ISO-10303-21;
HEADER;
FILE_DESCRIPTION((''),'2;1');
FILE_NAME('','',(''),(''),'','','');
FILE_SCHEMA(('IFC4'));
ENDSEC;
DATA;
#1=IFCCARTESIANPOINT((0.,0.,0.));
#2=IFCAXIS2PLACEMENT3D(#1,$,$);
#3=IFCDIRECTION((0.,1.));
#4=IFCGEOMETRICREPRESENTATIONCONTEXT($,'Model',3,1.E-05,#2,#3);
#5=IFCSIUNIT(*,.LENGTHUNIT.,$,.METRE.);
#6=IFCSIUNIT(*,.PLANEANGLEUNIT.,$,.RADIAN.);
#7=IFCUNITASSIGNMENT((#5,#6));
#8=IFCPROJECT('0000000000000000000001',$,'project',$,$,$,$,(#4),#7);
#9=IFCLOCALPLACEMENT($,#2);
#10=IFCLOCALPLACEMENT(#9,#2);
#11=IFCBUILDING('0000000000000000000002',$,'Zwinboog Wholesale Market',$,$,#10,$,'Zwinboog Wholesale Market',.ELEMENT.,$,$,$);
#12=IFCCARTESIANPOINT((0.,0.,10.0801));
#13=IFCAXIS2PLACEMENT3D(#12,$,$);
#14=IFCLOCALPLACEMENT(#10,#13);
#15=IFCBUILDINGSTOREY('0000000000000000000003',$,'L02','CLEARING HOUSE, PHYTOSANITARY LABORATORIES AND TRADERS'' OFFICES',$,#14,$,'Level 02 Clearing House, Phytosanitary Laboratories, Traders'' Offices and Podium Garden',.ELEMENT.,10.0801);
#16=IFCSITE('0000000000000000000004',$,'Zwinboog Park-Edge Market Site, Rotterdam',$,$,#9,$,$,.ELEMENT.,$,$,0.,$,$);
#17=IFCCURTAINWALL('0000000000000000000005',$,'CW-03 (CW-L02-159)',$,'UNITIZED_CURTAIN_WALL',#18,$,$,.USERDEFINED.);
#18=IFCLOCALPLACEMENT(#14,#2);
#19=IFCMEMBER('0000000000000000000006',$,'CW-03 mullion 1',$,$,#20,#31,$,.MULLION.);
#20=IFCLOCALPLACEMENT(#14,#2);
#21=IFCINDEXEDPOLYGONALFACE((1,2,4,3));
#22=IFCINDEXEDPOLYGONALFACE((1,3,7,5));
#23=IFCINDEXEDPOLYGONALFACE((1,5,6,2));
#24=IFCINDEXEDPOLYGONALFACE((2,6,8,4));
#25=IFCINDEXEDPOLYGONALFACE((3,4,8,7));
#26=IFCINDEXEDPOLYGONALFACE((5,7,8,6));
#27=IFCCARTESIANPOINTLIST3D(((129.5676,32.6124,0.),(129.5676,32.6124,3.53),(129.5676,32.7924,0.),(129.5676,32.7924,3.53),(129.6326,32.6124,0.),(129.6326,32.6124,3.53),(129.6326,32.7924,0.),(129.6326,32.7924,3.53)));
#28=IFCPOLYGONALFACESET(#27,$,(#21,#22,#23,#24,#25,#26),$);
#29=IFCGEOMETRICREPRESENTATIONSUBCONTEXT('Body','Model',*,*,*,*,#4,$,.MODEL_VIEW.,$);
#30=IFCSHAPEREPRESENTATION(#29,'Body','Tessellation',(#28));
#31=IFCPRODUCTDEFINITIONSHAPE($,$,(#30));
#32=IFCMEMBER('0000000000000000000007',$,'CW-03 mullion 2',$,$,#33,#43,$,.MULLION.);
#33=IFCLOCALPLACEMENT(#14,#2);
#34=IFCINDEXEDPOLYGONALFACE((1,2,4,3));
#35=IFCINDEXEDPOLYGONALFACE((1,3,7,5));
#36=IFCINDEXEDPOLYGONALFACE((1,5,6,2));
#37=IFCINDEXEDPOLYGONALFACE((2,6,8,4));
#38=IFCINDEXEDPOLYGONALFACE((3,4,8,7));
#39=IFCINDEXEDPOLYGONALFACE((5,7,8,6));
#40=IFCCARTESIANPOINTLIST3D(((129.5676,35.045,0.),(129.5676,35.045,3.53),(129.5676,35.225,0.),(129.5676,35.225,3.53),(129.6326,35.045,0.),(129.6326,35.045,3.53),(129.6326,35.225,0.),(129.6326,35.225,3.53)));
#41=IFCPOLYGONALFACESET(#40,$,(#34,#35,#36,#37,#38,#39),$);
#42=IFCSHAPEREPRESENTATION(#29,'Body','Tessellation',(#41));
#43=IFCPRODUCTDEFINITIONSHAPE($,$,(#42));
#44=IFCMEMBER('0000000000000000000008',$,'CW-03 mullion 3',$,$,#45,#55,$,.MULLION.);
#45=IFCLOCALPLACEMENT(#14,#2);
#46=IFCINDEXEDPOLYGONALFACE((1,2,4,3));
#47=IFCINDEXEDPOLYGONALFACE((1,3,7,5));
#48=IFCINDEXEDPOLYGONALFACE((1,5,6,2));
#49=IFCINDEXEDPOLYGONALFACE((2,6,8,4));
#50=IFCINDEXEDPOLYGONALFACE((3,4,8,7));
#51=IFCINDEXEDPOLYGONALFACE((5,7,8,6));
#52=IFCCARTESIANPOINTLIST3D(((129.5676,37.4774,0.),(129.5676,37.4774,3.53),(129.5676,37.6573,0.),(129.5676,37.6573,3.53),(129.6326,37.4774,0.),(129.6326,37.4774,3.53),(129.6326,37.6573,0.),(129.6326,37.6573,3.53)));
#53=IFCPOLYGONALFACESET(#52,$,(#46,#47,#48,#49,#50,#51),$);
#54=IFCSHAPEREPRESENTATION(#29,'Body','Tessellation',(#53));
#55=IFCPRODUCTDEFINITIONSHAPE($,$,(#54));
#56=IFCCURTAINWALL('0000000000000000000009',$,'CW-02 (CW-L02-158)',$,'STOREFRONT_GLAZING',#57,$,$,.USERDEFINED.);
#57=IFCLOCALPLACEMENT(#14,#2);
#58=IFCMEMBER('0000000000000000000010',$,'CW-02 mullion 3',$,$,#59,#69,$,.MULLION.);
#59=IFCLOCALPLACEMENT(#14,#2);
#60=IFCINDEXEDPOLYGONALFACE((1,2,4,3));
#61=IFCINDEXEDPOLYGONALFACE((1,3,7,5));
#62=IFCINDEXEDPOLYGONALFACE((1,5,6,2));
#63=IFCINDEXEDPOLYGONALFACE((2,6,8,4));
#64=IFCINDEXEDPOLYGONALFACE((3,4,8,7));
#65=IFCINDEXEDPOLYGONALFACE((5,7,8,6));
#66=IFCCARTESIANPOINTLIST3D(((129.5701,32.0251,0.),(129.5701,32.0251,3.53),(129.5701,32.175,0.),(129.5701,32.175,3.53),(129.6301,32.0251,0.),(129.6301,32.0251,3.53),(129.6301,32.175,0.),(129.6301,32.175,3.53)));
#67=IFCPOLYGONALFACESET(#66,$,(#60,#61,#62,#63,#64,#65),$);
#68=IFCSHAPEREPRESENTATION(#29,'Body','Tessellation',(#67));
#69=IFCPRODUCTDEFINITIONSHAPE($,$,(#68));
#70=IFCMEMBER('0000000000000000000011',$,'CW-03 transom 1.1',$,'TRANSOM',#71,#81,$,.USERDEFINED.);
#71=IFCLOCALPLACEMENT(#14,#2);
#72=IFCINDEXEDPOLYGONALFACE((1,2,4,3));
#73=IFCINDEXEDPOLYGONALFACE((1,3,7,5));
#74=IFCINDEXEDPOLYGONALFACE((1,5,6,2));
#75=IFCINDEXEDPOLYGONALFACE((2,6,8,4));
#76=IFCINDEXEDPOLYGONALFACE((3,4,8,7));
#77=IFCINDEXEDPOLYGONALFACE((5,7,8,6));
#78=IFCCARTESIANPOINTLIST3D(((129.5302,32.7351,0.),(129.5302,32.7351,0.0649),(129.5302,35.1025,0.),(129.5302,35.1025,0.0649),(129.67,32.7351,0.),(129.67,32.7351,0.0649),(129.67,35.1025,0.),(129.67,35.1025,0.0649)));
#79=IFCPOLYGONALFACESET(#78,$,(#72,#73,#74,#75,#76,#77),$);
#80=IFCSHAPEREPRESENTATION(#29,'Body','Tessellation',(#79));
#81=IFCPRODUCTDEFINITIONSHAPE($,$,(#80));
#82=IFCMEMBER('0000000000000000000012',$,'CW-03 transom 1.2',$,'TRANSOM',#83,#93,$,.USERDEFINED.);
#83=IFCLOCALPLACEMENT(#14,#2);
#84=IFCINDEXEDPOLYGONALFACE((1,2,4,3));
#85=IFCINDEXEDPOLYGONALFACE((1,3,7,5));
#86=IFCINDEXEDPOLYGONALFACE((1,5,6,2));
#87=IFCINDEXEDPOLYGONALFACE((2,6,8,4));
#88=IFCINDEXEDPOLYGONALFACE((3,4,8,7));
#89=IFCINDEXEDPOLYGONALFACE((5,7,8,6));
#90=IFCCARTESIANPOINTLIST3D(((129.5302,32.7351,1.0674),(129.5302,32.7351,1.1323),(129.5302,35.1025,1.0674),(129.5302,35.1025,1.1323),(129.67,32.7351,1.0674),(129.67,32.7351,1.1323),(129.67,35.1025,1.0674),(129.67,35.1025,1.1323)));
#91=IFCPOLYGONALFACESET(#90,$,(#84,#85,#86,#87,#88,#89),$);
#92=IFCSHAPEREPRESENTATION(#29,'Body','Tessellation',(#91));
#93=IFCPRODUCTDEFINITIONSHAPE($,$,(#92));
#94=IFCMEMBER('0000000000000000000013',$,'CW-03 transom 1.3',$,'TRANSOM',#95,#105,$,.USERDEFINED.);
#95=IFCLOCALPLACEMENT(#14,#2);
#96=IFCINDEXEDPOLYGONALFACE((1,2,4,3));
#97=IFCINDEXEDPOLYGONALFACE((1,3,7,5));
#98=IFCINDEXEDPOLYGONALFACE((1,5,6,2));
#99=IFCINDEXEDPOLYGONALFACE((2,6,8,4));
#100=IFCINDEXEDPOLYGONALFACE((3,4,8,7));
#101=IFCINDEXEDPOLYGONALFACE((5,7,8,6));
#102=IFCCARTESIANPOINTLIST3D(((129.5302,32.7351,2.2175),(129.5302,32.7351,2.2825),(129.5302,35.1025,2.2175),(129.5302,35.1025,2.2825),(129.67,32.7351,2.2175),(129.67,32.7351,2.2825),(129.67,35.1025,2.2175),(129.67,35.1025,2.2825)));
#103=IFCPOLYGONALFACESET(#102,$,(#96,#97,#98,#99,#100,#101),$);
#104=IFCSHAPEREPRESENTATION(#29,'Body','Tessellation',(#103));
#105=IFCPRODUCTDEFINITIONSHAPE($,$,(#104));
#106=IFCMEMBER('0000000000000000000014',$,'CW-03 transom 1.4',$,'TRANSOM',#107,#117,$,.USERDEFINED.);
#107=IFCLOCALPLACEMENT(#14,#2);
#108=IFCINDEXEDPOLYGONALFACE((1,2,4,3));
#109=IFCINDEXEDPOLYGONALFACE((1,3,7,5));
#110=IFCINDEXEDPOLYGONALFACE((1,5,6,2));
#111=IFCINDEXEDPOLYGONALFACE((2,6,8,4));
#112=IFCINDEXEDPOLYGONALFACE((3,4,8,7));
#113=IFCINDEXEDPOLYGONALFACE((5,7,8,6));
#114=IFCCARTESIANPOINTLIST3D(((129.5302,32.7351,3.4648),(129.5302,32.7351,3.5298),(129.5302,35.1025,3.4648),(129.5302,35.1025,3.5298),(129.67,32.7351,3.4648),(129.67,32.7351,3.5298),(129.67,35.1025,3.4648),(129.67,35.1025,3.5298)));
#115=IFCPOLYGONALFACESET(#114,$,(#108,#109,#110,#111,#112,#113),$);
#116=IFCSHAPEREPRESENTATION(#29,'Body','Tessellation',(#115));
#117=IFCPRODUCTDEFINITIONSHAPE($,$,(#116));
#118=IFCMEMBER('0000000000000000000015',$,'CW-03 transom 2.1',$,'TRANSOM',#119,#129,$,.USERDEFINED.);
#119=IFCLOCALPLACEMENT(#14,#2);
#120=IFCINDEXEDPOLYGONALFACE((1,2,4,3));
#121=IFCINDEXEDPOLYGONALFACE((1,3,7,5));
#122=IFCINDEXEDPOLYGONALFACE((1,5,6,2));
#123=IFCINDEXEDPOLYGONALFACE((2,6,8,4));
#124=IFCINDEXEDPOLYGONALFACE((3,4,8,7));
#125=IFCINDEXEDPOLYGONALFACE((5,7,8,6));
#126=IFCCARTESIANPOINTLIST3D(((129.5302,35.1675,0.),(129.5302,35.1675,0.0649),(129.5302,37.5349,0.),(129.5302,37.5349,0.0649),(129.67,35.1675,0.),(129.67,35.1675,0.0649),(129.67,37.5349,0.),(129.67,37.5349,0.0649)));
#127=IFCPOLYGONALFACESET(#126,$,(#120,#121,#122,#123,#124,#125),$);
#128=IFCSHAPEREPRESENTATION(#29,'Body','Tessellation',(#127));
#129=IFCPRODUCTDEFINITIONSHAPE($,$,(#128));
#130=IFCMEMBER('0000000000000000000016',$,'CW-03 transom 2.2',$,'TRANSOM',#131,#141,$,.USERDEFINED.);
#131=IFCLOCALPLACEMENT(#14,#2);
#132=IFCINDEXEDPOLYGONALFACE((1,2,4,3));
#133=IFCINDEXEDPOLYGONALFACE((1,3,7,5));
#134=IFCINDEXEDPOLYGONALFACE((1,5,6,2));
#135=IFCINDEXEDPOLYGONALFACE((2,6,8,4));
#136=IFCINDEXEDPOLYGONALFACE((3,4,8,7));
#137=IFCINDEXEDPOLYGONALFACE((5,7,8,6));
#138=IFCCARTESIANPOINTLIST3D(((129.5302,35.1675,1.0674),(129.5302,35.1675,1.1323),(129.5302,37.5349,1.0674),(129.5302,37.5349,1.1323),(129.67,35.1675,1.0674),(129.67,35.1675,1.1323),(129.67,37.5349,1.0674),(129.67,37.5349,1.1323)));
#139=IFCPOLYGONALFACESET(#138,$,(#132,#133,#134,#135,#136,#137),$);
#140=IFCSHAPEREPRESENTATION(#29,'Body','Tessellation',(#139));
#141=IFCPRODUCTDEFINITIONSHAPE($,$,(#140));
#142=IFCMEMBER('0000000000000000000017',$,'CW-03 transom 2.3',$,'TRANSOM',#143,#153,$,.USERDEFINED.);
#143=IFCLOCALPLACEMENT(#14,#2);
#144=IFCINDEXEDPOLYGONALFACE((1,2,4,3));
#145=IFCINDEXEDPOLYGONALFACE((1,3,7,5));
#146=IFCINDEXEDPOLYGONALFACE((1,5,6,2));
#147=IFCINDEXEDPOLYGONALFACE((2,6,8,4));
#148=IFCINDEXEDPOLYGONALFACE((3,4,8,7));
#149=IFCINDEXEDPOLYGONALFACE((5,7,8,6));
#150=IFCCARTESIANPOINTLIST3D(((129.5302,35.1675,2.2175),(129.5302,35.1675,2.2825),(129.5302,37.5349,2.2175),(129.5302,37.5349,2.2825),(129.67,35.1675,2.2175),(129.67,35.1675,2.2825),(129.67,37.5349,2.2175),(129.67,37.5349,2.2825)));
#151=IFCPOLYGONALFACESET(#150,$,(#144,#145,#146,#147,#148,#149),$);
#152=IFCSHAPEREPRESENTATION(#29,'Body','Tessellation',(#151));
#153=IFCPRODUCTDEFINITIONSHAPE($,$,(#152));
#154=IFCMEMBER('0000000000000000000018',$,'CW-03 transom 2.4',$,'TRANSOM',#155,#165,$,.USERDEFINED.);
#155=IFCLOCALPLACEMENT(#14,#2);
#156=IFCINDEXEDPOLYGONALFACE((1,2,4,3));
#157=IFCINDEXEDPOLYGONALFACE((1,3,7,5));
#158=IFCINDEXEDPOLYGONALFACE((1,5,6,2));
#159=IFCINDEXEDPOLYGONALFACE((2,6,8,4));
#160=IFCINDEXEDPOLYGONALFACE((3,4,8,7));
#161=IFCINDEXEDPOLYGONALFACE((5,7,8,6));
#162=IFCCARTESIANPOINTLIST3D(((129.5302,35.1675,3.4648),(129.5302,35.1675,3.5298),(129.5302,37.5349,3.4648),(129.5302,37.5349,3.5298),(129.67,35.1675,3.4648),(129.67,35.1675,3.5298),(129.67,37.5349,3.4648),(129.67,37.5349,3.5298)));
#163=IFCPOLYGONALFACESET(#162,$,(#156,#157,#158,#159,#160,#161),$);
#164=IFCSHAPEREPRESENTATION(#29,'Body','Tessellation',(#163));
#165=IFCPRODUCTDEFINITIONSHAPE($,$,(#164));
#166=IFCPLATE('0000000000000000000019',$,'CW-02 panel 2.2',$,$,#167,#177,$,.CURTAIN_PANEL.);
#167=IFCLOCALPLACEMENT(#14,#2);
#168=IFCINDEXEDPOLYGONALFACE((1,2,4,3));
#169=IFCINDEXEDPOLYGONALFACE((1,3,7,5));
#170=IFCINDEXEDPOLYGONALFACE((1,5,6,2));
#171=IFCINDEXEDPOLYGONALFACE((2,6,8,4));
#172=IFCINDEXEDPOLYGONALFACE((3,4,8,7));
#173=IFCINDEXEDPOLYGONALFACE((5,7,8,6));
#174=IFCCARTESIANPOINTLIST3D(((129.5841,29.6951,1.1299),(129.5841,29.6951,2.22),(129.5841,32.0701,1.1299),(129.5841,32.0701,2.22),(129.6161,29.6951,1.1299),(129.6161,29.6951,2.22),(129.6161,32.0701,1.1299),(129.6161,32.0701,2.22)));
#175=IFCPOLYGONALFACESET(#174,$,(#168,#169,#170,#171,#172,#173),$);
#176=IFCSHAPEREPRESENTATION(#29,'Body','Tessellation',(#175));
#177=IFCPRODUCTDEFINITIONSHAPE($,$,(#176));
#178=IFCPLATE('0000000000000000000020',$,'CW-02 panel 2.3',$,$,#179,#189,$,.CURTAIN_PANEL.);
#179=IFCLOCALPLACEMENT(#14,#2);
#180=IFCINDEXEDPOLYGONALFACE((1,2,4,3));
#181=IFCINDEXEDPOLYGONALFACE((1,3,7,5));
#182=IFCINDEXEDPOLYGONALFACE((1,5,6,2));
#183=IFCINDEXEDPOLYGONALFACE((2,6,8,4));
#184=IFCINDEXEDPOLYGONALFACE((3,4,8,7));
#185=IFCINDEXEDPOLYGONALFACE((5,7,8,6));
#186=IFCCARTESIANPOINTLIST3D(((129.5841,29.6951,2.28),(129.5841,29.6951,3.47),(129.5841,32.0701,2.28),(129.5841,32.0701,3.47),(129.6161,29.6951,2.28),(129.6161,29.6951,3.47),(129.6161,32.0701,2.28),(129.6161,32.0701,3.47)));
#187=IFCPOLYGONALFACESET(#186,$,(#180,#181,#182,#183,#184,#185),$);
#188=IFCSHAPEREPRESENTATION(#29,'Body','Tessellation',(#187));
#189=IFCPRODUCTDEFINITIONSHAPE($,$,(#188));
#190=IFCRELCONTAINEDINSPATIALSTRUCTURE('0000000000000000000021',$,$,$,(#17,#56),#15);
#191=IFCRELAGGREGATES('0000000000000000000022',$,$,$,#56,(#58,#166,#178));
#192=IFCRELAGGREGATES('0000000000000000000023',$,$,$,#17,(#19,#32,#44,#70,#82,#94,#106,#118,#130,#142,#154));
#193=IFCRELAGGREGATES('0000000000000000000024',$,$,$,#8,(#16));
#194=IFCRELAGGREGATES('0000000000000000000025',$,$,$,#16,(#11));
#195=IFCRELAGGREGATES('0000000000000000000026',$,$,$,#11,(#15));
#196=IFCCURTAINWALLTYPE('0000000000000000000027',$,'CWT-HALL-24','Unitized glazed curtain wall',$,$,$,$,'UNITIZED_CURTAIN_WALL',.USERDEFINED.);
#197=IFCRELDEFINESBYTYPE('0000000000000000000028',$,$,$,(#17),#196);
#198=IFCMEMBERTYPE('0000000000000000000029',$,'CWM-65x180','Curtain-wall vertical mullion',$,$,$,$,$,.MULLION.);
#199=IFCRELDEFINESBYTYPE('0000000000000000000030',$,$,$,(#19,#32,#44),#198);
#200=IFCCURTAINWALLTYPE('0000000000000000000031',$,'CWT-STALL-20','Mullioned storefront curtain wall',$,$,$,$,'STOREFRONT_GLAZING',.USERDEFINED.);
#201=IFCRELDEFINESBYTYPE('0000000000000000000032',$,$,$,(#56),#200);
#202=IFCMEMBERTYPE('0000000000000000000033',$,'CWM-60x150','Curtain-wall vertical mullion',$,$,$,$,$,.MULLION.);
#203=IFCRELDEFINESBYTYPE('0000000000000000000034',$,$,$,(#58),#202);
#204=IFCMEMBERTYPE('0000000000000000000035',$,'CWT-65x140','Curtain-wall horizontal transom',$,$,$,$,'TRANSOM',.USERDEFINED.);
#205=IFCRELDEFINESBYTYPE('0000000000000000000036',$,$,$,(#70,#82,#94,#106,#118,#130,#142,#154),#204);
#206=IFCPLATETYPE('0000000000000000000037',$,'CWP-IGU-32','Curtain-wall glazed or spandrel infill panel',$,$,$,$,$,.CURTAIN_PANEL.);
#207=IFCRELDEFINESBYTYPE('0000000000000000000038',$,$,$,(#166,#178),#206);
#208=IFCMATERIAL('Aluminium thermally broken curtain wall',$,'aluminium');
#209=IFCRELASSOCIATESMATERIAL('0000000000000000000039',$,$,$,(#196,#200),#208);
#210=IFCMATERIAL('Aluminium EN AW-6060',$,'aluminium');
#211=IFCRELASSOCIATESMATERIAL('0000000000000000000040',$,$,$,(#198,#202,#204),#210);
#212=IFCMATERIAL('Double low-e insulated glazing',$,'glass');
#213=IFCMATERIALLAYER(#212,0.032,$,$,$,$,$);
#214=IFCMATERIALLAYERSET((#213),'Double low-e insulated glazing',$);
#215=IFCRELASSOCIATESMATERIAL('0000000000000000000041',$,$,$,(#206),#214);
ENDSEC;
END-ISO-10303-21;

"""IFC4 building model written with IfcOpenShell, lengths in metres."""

from ifc_helpers import new_model, si_unit, direction, frame, origin, origin_2d, place, context, subcontext, project, spatial, rectangle, extrude, material, layer, layer_set, material_profile, profile_set, type_object, element, aggregate, save


model = new_model("IFC4")

# Units and contexts
model_context = context("Model", 3, precision=1e-05, world=origin(), true_north=direction((0.0, 1.0)))
body_context = subcontext(model_context, "Body", "Model", "MODEL_VIEW")
ifc_project = project(units=[si_unit("LENGTHUNIT", "METRE"), si_unit("PLANEANGLEUNIT", "RADIAN")], contexts=[model_context])

# Site, building, storey
site_placement = place(None, origin())
site = spatial("IfcSite", under=ifc_project, at=site_placement, Name="Zwinboog Park-Edge Market Site, Rotterdam", CompositionType="ELEMENT", RefElevation=0.0)
building_placement = place(site_placement, origin())
building = spatial("IfcBuilding", under=site, at=building_placement, Name="Zwinboog Wholesale Market", LongName="Zwinboog Wholesale Market", CompositionType="ELEMENT")
storey_placement = place(building_placement, frame((0.0, 0.0, 10.0801)))
storey = spatial("IfcBuildingStorey", under=building, at=storey_placement, Name="L02", Description="CLEARING HOUSE, PHYTOSANITARY LABORATORIES AND TRADERS' OFFICES", LongName="Level 02 Clearing House, Phytosanitary Laboratories, Traders' Offices and Podium Garden", CompositionType="ELEMENT", Elevation=10.0801)

# Curtain wall, members
ifc_material_1 = material(Name="Aluminium thermally broken curtain wall", Category="aluminium")
curtain_wall_type_1 = type_object("IfcCurtainWallType", Name="CWT-HALL-24", Description="Unitized glazed curtain wall", ElementType="UNITIZED_CURTAIN_WALL", PredefinedType="USERDEFINED", material=ifc_material_1)
curtain_wall_1_placement = place(storey_placement, origin())
curtain_wall_1 = element("IfcCurtainWall", 1, at=curtain_wall_1_placement, inside=storey, type_object=curtain_wall_type_1, Name="CW-03 (CW-L02-159)", ObjectType="UNITIZED_CURTAIN_WALL", PredefinedType="USERDEFINED")
ifc_material_2 = material(Name="Aluminium EN AW-6060", Category="aluminium")
ifc_material_profile_1 = material_profile(ifc_material_2, rectangle(XDim=0.0649, YDim=0.1799, at=origin_2d()), Name="AL 65x180")
ifc_profile_set_1 = profile_set([ifc_material_profile_1], Name="Aluminium EN AW-6060")
member_type_1 = type_object("IfcMemberType", Name="CWM-65x180", Description="Curtain-wall vertical mullion", PredefinedType="MULLION", material=ifc_profile_set_1)
member_1_placement = place(storey_placement, frame((129.6001, 32.7024, 0.0), z_axis=(0.0, 0.0, 1.0), x_axis=(-1.0, 0.0, 0.0)))
member_1 = element("IfcMember", 2, at=member_1_placement, type_object=member_type_1, Name="CW-03 mullion 1", PredefinedType="MULLION", context=body_context, shape_type="SweptSolid", body=[
    extrude(rectangle(XDim=0.0649, YDim=0.1799, at=origin_2d()), origin(), (0.0, 0.0, 1.0), 3.53),
])
member_2_placement = place(storey_placement, frame((129.6001, 35.135, 0.0), z_axis=(0.0, 0.0, 1.0), x_axis=(-1.0, 0.0, 0.0)))
member_2 = element("IfcMember", 3, at=member_2_placement, type_object=member_type_1, Name="CW-03 mullion 2", PredefinedType="MULLION", context=body_context, shape_type="SweptSolid", body=[
    extrude(rectangle(XDim=0.0649, YDim=0.1799, at=origin_2d()), origin(), (0.0, 0.0, 1.0), 3.53),
])
member_3_placement = place(storey_placement, frame((129.6001, 37.5674, 0.0), z_axis=(0.0, 0.0, 1.0), x_axis=(-1.0, 0.0, 0.0)))
member_3 = element("IfcMember", 4, at=member_3_placement, type_object=member_type_1, Name="CW-03 mullion 3", PredefinedType="MULLION", context=body_context, shape_type="SweptSolid", body=[
    extrude(rectangle(XDim=0.0649, YDim=0.1799, at=origin_2d()), origin(), (0.0, 0.0, 1.0), 3.53),
])

# Curtain wall, member
curtain_wall_type_2 = type_object("IfcCurtainWallType", Name="CWT-STALL-20", Description="Mullioned storefront curtain wall", ElementType="STOREFRONT_GLAZING", PredefinedType="USERDEFINED", material=ifc_material_1)
curtain_wall_2_placement = place(storey_placement, origin())
curtain_wall_2 = element("IfcCurtainWall", 5, at=curtain_wall_2_placement, inside=storey, type_object=curtain_wall_type_2, Name="CW-02 (CW-L02-158)", ObjectType="STOREFRONT_GLAZING", PredefinedType="USERDEFINED")
ifc_material_profile_2 = material_profile(ifc_material_2, rectangle(XDim=0.0601, YDim=0.1499, at=origin_2d()), Name="AL 60x150")
ifc_profile_set_2 = profile_set([ifc_material_profile_2], Name="Aluminium EN AW-6060")
member_type_2 = type_object("IfcMemberType", Name="CWM-60x150", Description="Curtain-wall vertical mullion", PredefinedType="MULLION", material=ifc_profile_set_2)
member_4_placement = place(storey_placement, frame((129.6001, 32.1001, 0.0), z_axis=(0.0, 0.0, 1.0), x_axis=(-1.0, 0.0, 0.0)))
member_4 = element("IfcMember", 6, at=member_4_placement, type_object=member_type_2, Name="CW-02 mullion 3", PredefinedType="MULLION", context=body_context, shape_type="SweptSolid", body=[
    extrude(rectangle(XDim=0.0601, YDim=0.1499, at=origin_2d()), origin(), (0.0, 0.0, 1.0), 3.53),
])

# Members
ifc_material_profile_3 = material_profile(ifc_material_2, rectangle(XDim=0.1399, YDim=0.0649, at=origin_2d()), Name="AL 65x140")
ifc_profile_set_3 = profile_set([ifc_material_profile_3], Name="Aluminium EN AW-6060")
member_type_3 = type_object("IfcMemberType", Name="CWT-65x140", Description="Curtain-wall horizontal transom", ElementType="TRANSOM", PredefinedType="USERDEFINED", material=ifc_profile_set_3)
member_5_placement = place(storey_placement, frame((129.6001, 32.7351, 0.0325), z_axis=(0.0, 1.0, 0.0), x_axis=(-1.0, 0.0, 0.0)))
member_5 = element("IfcMember", 7, at=member_5_placement, type_object=member_type_3, Name="CW-03 transom 1.1", ObjectType="TRANSOM", PredefinedType="USERDEFINED", context=body_context, shape_type="SweptSolid", body=[
    extrude(rectangle(XDim=0.1399, YDim=0.0649, at=origin_2d()), origin(), (0.0, 0.0, 1.0), 2.3674),
])
member_6_placement = place(storey_placement, frame((129.6001, 32.7351, 1.0999), z_axis=(0.0, 1.0, 0.0), x_axis=(-1.0, 0.0, 0.0)))
member_6 = element("IfcMember", 8, at=member_6_placement, type_object=member_type_3, Name="CW-03 transom 1.2", ObjectType="TRANSOM", PredefinedType="USERDEFINED", context=body_context, shape_type="SweptSolid", body=[
    extrude(rectangle(XDim=0.1399, YDim=0.0649, at=origin_2d()), origin(), (0.0, 0.0, 1.0), 2.3674),
])
member_7_placement = place(storey_placement, frame((129.6001, 32.7351, 2.25), z_axis=(0.0, 1.0, 0.0), x_axis=(-1.0, 0.0, 0.0)))
member_7 = element("IfcMember", 9, at=member_7_placement, type_object=member_type_3, Name="CW-03 transom 1.3", ObjectType="TRANSOM", PredefinedType="USERDEFINED", context=body_context, shape_type="SweptSolid", body=[
    extrude(rectangle(XDim=0.1399, YDim=0.0649, at=origin_2d()), origin(), (0.0, 0.0, 1.0), 2.3674),
])
member_8_placement = place(storey_placement, frame((129.6001, 32.7351, 3.4973), z_axis=(0.0, 1.0, 0.0), x_axis=(-1.0, 0.0, 0.0)))
member_8 = element("IfcMember", 10, at=member_8_placement, type_object=member_type_3, Name="CW-03 transom 1.4", ObjectType="TRANSOM", PredefinedType="USERDEFINED", context=body_context, shape_type="SweptSolid", body=[
    extrude(rectangle(XDim=0.1399, YDim=0.0649, at=origin_2d()), origin(), (0.0, 0.0, 1.0), 2.3674),
])
member_9_placement = place(storey_placement, frame((129.6001, 35.1675, 0.0325), z_axis=(0.0, 1.0, 0.0), x_axis=(-1.0, 0.0, 0.0)))
member_9 = element("IfcMember", 11, at=member_9_placement, type_object=member_type_3, Name="CW-03 transom 2.1", ObjectType="TRANSOM", PredefinedType="USERDEFINED", context=body_context, shape_type="SweptSolid", body=[
    extrude(rectangle(XDim=0.1399, YDim=0.0649, at=origin_2d()), origin(), (0.0, 0.0, 1.0), 2.3674),
])
member_10_placement = place(storey_placement, frame((129.6001, 35.1675, 1.0999), z_axis=(0.0, 1.0, 0.0), x_axis=(-1.0, 0.0, 0.0)))
member_10 = element("IfcMember", 12, at=member_10_placement, type_object=member_type_3, Name="CW-03 transom 2.2", ObjectType="TRANSOM", PredefinedType="USERDEFINED", context=body_context, shape_type="SweptSolid", body=[
    extrude(rectangle(XDim=0.1399, YDim=0.0649, at=origin_2d()), origin(), (0.0, 0.0, 1.0), 2.3674),
])
member_11_placement = place(storey_placement, frame((129.6001, 35.1675, 2.25), z_axis=(0.0, 1.0, 0.0), x_axis=(-1.0, 0.0, 0.0)))
member_11 = element("IfcMember", 13, at=member_11_placement, type_object=member_type_3, Name="CW-03 transom 2.3", ObjectType="TRANSOM", PredefinedType="USERDEFINED", context=body_context, shape_type="SweptSolid", body=[
    extrude(rectangle(XDim=0.1399, YDim=0.0649, at=origin_2d()), origin(), (0.0, 0.0, 1.0), 2.3674),
])
member_12_placement = place(storey_placement, frame((129.6001, 35.1675, 3.4973), z_axis=(0.0, 1.0, 0.0), x_axis=(-1.0, 0.0, 0.0)))
member_12 = element("IfcMember", 14, at=member_12_placement, type_object=member_type_3, Name="CW-03 transom 2.4", ObjectType="TRANSOM", PredefinedType="USERDEFINED", context=body_context, shape_type="SweptSolid", body=[
    extrude(rectangle(XDim=0.1399, YDim=0.0649, at=origin_2d()), origin(), (0.0, 0.0, 1.0), 2.3674),
])

# Plates
ifc_material_3 = material(Name="Double low-e insulated glazing", Category="glass")
ifc_layer = layer(ifc_material_3, 0.032)
ifc_layer_set = layer_set([ifc_layer], Name="Double low-e insulated glazing")
plate_type = type_object("IfcPlateType", Name="CWP-IGU-32", Description="Curtain-wall glazed or spandrel infill panel", PredefinedType="CURTAIN_PANEL", material=ifc_layer_set)
plate_1_placement = place(storey_placement, frame((129.6001, 30.8826, 1.1299), z_axis=(0.0, 0.0, 1.0), x_axis=(0.0, 1.0, 0.0)))
plate_1 = element("IfcPlate", 15, at=plate_1_placement, type_object=plate_type, Name="CW-02 panel 2.2", PredefinedType="CURTAIN_PANEL", context=body_context, shape_type="SweptSolid", body=[
    extrude(rectangle(XDim=2.375, YDim=0.032, at=origin_2d()), origin(), (0.0, 0.0, 1.0), 1.0901),
])
plate_2_placement = place(storey_placement, frame((129.6001, 30.8826, 2.28), z_axis=(0.0, 0.0, 1.0), x_axis=(0.0, 1.0, 0.0)))
plate_2 = element("IfcPlate", 16, at=plate_2_placement, type_object=plate_type, Name="CW-02 panel 2.3", PredefinedType="CURTAIN_PANEL", context=body_context, shape_type="SweptSolid", body=[
    extrude(rectangle(XDim=2.375, YDim=0.032, at=origin_2d()), origin(), (0.0, 0.0, 1.0), 1.1899),
])
aggregate(curtain_wall_2, [member_4, plate_1, plate_2])
aggregate(curtain_wall_1, [member_1, member_2, member_3, member_5, member_6, member_7, member_8, member_9, member_10, member_11, member_12])

save(model, "model.ifc")
